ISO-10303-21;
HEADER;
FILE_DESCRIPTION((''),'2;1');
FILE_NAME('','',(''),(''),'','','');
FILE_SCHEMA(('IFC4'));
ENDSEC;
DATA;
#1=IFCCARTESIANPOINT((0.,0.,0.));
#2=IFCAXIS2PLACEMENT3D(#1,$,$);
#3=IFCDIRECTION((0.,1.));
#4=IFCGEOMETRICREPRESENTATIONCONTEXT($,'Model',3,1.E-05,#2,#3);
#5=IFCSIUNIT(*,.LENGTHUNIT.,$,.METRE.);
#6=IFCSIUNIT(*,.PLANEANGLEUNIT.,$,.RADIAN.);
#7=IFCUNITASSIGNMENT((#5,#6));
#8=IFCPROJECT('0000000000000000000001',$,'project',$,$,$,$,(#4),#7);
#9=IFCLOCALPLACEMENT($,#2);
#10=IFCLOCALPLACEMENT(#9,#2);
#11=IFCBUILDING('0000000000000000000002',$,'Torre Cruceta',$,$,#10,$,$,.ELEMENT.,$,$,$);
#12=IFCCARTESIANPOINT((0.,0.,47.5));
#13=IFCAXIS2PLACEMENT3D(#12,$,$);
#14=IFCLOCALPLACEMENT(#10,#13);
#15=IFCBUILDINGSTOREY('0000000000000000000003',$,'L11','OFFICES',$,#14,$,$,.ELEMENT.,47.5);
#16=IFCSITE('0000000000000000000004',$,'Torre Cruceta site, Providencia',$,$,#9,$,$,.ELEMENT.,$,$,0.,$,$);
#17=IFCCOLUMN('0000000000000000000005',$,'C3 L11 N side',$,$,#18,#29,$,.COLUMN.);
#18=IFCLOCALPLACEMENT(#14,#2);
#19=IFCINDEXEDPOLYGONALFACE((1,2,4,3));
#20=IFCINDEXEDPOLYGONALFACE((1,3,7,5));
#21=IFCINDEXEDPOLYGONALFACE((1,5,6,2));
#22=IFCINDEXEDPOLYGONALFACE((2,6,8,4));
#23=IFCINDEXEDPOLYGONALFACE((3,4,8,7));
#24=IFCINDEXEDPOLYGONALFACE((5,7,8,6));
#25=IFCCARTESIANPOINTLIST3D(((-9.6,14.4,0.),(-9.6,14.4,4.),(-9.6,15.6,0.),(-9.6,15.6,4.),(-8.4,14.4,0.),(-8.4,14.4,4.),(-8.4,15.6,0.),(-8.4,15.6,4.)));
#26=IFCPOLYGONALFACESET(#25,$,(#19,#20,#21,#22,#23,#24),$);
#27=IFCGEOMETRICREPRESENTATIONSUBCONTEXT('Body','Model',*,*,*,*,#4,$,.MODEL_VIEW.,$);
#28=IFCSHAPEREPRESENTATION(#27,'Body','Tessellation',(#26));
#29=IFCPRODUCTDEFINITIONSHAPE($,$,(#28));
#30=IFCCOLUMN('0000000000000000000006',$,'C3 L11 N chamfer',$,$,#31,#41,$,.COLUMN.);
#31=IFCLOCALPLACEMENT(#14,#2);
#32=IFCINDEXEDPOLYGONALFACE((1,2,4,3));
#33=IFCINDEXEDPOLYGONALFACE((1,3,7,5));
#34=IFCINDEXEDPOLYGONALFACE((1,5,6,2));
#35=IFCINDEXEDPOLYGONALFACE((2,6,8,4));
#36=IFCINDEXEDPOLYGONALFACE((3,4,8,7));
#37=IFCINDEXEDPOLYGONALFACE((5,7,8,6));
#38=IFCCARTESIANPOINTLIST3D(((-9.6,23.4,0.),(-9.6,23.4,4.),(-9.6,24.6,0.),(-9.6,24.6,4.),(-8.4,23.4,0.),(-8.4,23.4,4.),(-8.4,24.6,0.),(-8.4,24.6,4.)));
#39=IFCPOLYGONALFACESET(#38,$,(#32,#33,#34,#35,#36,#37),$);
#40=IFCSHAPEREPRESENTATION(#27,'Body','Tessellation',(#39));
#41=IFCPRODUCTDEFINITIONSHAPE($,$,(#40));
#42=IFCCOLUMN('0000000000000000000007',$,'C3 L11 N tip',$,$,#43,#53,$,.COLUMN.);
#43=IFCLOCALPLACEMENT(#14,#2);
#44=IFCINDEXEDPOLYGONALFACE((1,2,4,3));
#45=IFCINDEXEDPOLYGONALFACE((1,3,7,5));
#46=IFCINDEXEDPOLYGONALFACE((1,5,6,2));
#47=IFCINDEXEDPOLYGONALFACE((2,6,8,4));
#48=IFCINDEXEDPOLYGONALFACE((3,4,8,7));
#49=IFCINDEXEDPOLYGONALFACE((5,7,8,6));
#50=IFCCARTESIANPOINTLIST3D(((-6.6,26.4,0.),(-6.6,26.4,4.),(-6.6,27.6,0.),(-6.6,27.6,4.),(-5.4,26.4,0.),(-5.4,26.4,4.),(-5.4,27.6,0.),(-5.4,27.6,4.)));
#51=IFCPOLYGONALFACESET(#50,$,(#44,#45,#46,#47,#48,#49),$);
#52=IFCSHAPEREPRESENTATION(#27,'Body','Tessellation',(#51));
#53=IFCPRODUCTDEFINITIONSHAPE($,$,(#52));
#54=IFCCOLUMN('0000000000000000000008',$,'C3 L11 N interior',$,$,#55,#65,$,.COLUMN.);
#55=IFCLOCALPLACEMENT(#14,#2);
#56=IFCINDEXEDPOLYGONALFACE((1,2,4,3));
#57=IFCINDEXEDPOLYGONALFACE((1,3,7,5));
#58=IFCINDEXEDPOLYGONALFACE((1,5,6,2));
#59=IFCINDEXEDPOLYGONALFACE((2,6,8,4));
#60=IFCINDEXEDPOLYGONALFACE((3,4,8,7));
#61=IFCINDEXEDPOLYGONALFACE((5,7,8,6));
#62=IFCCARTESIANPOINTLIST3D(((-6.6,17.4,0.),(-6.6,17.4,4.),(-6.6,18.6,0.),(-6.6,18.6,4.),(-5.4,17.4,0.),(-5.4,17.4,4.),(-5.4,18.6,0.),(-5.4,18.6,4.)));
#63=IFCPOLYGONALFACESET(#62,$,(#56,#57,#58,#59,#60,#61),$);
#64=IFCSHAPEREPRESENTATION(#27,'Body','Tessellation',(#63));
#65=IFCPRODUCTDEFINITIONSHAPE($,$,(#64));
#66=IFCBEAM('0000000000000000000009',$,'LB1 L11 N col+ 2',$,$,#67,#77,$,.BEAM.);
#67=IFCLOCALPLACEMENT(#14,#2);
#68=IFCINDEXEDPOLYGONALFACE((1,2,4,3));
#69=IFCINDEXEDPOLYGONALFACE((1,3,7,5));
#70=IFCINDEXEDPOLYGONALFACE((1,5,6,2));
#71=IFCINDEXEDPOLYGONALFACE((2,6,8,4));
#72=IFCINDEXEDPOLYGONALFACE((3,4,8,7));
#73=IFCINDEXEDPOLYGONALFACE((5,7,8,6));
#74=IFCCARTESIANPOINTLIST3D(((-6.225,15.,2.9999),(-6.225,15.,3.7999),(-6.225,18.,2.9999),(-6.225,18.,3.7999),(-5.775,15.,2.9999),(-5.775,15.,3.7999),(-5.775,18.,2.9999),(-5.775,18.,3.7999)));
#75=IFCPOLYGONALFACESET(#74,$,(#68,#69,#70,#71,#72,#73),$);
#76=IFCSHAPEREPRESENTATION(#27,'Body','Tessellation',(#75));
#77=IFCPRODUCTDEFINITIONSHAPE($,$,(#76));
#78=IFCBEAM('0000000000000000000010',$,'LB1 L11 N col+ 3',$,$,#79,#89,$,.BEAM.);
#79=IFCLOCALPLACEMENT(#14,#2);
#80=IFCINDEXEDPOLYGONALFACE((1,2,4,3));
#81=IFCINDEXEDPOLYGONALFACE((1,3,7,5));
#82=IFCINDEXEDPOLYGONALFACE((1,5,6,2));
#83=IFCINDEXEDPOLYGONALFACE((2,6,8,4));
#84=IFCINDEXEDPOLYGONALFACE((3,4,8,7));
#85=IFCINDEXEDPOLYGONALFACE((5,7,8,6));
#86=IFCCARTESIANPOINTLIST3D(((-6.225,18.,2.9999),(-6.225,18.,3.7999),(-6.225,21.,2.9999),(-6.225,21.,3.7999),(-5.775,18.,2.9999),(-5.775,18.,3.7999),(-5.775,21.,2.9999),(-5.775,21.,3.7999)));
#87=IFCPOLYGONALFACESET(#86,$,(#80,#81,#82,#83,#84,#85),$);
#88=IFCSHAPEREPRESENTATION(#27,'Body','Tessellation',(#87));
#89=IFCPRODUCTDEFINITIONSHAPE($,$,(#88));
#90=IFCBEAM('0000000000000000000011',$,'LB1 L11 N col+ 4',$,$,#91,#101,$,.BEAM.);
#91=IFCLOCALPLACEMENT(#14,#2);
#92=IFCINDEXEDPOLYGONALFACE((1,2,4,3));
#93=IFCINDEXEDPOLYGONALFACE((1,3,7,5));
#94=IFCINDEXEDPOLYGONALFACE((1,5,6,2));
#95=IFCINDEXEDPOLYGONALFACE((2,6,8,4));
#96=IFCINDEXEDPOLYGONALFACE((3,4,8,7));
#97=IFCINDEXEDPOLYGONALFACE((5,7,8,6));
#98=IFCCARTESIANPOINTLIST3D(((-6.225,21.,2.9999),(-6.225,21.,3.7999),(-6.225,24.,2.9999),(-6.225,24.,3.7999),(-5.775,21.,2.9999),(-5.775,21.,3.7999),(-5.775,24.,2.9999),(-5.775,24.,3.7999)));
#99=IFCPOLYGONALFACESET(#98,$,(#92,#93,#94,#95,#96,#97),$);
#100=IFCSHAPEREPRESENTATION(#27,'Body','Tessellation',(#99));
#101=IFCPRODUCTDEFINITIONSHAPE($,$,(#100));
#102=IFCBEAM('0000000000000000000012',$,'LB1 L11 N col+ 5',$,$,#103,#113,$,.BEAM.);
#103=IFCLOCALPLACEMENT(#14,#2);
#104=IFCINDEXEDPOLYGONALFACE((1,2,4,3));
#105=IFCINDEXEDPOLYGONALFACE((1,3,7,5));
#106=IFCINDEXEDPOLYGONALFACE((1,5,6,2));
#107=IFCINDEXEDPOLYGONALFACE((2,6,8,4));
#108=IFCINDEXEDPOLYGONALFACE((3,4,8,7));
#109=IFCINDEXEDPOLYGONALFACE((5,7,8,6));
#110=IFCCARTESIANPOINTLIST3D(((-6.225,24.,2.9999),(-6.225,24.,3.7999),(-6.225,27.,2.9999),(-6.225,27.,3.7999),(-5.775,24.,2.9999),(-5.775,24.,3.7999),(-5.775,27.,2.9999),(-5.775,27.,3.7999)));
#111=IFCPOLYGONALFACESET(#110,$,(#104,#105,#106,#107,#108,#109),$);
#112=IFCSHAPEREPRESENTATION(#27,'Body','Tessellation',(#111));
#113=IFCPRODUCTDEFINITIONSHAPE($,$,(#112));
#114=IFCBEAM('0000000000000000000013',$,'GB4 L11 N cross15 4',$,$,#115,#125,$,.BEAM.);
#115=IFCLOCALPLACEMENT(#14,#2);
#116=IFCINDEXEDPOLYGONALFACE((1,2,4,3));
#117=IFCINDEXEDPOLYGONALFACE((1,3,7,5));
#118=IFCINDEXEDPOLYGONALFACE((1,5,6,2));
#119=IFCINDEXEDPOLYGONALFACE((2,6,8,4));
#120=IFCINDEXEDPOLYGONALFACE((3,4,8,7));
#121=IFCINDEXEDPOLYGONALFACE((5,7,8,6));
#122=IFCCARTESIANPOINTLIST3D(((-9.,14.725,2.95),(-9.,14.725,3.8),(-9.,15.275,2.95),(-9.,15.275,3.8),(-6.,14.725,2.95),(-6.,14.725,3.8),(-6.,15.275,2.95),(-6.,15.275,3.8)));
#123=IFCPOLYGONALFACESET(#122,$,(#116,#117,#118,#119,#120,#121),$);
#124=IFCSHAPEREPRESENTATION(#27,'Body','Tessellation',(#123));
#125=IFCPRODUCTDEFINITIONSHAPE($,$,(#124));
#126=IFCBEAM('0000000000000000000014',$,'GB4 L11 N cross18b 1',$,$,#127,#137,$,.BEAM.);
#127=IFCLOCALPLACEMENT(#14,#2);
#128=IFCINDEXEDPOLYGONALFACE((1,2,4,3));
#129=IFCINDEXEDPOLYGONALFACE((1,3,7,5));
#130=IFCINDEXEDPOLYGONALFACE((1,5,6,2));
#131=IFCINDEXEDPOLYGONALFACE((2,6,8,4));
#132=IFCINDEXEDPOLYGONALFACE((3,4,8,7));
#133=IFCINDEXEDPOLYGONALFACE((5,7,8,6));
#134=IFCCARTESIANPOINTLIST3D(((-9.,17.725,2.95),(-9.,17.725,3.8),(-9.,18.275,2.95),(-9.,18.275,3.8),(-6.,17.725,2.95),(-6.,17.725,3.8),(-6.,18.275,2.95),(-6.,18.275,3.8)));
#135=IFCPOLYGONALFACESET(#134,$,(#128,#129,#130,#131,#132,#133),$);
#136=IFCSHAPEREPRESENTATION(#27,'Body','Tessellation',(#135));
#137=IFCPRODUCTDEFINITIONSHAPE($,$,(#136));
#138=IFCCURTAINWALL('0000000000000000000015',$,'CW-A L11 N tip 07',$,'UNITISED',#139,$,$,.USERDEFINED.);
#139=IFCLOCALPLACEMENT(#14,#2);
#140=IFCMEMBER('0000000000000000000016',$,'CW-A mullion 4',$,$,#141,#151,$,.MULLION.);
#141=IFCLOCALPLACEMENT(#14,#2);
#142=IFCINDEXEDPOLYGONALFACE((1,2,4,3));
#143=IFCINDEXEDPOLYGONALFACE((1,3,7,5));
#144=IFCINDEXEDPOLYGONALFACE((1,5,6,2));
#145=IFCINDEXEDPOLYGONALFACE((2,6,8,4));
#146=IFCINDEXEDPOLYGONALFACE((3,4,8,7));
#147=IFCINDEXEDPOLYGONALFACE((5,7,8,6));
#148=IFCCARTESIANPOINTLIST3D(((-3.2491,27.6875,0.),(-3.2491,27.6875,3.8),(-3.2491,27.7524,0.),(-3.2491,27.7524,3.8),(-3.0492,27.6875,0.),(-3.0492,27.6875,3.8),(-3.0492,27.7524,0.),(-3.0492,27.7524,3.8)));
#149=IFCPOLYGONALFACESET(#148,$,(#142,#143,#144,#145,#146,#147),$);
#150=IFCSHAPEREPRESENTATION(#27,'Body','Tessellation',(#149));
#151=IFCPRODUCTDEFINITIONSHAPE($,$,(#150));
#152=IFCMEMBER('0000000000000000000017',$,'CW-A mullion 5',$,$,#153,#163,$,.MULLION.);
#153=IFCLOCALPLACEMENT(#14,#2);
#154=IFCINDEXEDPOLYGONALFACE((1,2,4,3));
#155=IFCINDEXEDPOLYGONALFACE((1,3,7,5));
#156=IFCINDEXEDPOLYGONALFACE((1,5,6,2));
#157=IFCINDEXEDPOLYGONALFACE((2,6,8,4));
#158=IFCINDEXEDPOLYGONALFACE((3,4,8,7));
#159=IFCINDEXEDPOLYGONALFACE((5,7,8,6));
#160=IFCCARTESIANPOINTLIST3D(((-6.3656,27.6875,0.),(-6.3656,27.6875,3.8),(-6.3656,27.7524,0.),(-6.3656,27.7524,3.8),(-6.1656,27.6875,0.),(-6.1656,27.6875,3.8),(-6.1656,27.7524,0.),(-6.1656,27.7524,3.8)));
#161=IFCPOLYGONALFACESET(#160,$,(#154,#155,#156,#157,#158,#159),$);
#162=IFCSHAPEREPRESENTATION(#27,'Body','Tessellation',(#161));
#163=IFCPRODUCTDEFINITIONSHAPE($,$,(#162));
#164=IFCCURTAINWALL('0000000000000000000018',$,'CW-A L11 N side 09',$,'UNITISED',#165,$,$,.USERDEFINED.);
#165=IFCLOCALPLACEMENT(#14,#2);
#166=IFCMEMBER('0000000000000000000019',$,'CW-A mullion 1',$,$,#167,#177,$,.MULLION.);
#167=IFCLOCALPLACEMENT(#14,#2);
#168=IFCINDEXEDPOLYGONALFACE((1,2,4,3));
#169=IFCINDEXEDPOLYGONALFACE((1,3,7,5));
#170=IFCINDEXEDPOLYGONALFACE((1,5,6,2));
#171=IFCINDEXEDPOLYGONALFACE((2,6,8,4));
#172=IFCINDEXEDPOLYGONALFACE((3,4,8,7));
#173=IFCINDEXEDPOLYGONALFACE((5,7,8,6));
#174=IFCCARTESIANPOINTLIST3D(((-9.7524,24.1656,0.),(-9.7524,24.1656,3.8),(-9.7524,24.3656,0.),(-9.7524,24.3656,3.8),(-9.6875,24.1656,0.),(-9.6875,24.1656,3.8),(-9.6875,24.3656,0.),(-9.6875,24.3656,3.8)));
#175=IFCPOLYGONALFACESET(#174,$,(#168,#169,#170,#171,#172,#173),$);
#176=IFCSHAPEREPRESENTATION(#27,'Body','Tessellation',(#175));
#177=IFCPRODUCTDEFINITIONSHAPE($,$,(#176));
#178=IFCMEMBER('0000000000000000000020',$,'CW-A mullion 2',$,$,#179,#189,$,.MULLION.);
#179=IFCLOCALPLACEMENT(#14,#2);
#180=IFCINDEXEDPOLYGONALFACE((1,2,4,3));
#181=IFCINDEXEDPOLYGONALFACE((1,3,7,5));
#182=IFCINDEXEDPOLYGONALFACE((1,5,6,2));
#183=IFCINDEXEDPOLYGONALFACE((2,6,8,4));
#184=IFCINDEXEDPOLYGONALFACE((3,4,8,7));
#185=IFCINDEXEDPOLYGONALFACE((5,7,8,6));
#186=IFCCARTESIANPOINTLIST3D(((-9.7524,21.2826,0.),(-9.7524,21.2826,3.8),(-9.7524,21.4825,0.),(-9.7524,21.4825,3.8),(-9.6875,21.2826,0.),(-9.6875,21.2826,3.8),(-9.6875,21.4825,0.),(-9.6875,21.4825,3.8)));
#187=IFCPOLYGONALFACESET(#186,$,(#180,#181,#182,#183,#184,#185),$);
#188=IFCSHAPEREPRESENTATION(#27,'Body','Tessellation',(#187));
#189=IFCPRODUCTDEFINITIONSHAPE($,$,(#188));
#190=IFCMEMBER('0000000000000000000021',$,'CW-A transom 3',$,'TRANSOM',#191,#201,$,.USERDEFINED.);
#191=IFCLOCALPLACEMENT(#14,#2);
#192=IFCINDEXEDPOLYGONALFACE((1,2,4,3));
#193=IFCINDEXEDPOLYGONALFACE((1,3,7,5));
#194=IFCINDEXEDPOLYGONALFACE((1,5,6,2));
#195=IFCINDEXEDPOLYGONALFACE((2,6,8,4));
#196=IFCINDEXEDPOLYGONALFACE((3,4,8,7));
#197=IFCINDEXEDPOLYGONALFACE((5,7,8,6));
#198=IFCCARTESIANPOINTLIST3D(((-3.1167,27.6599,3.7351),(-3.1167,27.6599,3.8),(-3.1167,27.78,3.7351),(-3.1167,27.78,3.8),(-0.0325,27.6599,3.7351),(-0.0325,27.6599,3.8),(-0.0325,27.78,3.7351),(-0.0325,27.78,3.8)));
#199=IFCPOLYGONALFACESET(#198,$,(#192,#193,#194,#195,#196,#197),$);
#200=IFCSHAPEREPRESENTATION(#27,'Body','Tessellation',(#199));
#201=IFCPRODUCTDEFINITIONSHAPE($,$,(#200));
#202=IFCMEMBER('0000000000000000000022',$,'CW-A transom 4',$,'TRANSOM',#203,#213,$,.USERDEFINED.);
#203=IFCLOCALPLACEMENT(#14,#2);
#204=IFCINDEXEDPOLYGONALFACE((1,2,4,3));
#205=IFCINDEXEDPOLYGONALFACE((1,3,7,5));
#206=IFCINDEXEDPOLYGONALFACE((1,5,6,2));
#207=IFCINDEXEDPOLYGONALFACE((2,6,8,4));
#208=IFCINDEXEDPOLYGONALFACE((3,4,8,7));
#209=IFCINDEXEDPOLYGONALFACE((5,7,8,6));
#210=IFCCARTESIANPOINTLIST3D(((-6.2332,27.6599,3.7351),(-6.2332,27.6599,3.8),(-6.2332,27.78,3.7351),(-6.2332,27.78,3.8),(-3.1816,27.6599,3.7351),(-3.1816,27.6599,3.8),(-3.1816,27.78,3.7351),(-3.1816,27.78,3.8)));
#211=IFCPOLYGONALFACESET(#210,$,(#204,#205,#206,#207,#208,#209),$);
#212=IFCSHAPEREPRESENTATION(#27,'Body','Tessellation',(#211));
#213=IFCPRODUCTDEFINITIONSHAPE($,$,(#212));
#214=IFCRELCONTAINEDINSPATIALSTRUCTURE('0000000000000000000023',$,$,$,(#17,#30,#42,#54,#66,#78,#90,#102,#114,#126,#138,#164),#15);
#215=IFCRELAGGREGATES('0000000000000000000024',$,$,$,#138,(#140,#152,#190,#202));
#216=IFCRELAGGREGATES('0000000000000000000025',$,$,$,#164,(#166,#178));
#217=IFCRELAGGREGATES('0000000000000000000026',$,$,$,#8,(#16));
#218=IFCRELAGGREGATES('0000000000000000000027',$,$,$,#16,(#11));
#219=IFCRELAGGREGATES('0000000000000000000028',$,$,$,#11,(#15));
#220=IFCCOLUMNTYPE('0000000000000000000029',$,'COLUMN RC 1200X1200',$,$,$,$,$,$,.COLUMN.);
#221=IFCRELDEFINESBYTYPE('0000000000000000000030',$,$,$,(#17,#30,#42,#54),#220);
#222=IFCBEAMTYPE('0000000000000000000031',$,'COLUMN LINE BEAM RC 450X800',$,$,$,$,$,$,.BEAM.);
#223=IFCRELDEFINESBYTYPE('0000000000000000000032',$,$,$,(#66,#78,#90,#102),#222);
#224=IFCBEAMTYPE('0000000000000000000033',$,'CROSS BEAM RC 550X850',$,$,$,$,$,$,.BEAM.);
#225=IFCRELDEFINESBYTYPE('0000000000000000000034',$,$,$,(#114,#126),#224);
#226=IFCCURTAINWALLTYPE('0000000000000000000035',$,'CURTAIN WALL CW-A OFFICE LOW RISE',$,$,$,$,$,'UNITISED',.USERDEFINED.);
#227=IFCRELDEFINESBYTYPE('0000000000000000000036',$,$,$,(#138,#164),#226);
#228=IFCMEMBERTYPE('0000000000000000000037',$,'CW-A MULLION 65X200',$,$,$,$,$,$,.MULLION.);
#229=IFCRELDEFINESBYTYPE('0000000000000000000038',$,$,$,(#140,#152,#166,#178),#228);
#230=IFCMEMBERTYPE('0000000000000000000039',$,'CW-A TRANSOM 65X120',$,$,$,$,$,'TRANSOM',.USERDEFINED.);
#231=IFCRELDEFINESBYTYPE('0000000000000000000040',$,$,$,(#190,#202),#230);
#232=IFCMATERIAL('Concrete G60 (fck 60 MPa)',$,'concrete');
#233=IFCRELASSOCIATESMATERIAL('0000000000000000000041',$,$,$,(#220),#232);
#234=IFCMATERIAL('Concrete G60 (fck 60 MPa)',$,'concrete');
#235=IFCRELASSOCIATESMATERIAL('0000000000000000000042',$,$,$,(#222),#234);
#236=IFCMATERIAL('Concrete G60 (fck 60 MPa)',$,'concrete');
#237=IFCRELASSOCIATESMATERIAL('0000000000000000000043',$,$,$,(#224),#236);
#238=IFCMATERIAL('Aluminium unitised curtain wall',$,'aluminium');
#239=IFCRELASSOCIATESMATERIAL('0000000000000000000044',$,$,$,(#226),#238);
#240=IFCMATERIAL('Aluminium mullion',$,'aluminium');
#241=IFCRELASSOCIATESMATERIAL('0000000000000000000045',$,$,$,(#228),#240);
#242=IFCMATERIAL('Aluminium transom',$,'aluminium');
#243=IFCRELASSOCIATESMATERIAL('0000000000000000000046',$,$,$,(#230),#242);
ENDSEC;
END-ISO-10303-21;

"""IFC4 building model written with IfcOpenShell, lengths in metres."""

from ifc_helpers import new_model, si_unit, direction, frame, origin, origin_2d, place, context, subcontext, project, spatial, rectangle, extrude, material, material_profile, profile_set, type_object, element, aggregate, save


model = new_model("IFC4")

# Units and contexts
model_context = context("Model", 3, precision=1e-05, world=origin(), true_north=direction((0.0, 1.0)))
body_context = subcontext(model_context, "Body", "Model", "MODEL_VIEW")
ifc_project = project(units=[si_unit("LENGTHUNIT", "METRE"), si_unit("PLANEANGLEUNIT", "RADIAN")], contexts=[model_context])

# Site, building, storey
site_placement = place(None, origin())
site = spatial("IfcSite", under=ifc_project, at=site_placement, Name="Torre Cruceta site, Providencia", CompositionType="ELEMENT", RefElevation=0.0)
building_placement = place(site_placement, origin())
building = spatial("IfcBuilding", under=site, at=building_placement, Name="Torre Cruceta", CompositionType="ELEMENT")
storey_placement = place(building_placement, frame((0.0, 0.0, 47.5)))
storey = spatial("IfcBuildingStorey", under=building, at=storey_placement, Name="L11", Description="OFFICES", CompositionType="ELEMENT", Elevation=47.5)

# Columns
ifc_material_1 = material(Name="Concrete G60 (fck 60 MPa)", Category="concrete")
ifc_material_profile_1 = material_profile(ifc_material_1, rectangle(XDim=1.2, YDim=1.2, at=origin_2d()), Name="RC 1200X1200")
ifc_profile_set_1 = profile_set([ifc_material_profile_1], Name="Concrete G60 (fck 60 MPa)")
column_type = type_object("IfcColumnType", Name="COLUMN RC 1200X1200", PredefinedType="COLUMN", material=ifc_profile_set_1)
for number, where, z_axis, x_axis, name in (
    (1, (-9.0, 15.0, 0.0), (0.0, 0.0, 1.0), (1.0, 0.0, 0.0), "C3 L11 N side"),
    (2, (-9.0, 24.0, 0.0), (0.0, 0.0, 1.0), (1.0, 0.0, 0.0), "C3 L11 N chamfer"),
    (3, (-6.0, 27.0, 0.0), (0.0, 0.0, 1.0), (1.0, 0.0, 0.0), "C3 L11 N tip"),
    (4, (-6.0, 18.0, 0.0), (0.0, 0.0, 1.0), (1.0, 0.0, 0.0), "C3 L11 N interior"),
):
    element("IfcColumn", number, at=place(storey_placement, frame(where, z_axis=z_axis, x_axis=x_axis)), inside=storey, type_object=column_type, Name=name, PredefinedType="COLUMN", context=body_context, shape_type="SweptSolid", body=[
        extrude(rectangle(XDim=1.2, YDim=1.2, at=origin_2d()), origin(), (0.0, 0.0, 1.0), 4.0),
    ])

# Beams
ifc_material_2 = material(Name="Concrete G60 (fck 60 MPa)", Category="concrete")
ifc_material_profile_2 = material_profile(ifc_material_2, rectangle(XDim=0.45, YDim=0.8, at=origin_2d()), Name="RC 450X800")
ifc_profile_set_2 = profile_set([ifc_material_profile_2], Name="Concrete G60 (fck 60 MPa)")
beam_type_1 = type_object("IfcBeamType", Name="COLUMN LINE BEAM RC 450X800", PredefinedType="BEAM", material=ifc_profile_set_2)
for number, where, z_axis, x_axis, name in (
    (5, (-6.0, 15.0, 3.3999), (0.0, 1.0, 0.0), (-1.0, 0.0, 0.0), "LB1 L11 N col+ 2"),
    (6, (-6.0, 18.0, 3.3999), (0.0, 1.0, 0.0), (-1.0, 0.0, 0.0), "LB1 L11 N col+ 3"),
    (7, (-6.0, 21.0, 3.3999), (0.0, 1.0, 0.0), (-1.0, 0.0, 0.0), "LB1 L11 N col+ 4"),
    (8, (-6.0, 24.0, 3.3999), (0.0, 1.0, 0.0), (-1.0, 0.0, 0.0), "LB1 L11 N col+ 5"),
):
    element("IfcBeam", number, at=place(storey_placement, frame(where, z_axis=z_axis, x_axis=x_axis)), inside=storey, type_object=beam_type_1, Name=name, PredefinedType="BEAM", context=body_context, shape_type="SweptSolid", body=[
        extrude(rectangle(XDim=0.45, YDim=0.8, at=origin_2d()), origin(), (0.0, 0.0, 1.0), 3.0),
    ])
ifc_material_3 = material(Name="Concrete G60 (fck 60 MPa)", Category="concrete")
ifc_material_profile_3 = material_profile(ifc_material_3, rectangle(XDim=0.55, YDim=0.8501, at=origin_2d()), Name="RC 550X850")
ifc_profile_set_3 = profile_set([ifc_material_profile_3], Name="Concrete G60 (fck 60 MPa)")
beam_type_2 = type_object("IfcBeamType", Name="CROSS BEAM RC 550X850", PredefinedType="BEAM", material=ifc_profile_set_3)
for number, where, z_axis, x_axis, name in (
    (9, (-6.0, 15.0, 3.375), (-1.0, 0.0, 0.0), (0.0, -1.0, 0.0), "GB4 L11 N cross15 4"),
    (10, (-6.0, 18.0, 3.375), (-1.0, 0.0, 0.0), (0.0, -1.0, 0.0), "GB4 L11 N cross18b 1"),
):
    element("IfcBeam", number, at=place(storey_placement, frame(where, z_axis=z_axis, x_axis=x_axis)), inside=storey, type_object=beam_type_2, Name=name, PredefinedType="BEAM", context=body_context, shape_type="SweptSolid", body=[
        extrude(rectangle(XDim=0.55, YDim=0.8501, at=origin_2d()), origin(), (0.0, 0.0, 1.0), 3.0),
    ])

# Curtain walls, members
ifc_material_4 = material(Name="Aluminium unitised curtain wall", Category="aluminium")
curtain_wall_type = type_object("IfcCurtainWallType", Name="CURTAIN WALL CW-A OFFICE LOW RISE", ElementType="UNITISED", PredefinedType="USERDEFINED", material=ifc_material_4)
curtain_wall_1_placement = place(storey_placement, origin())
curtain_wall_1 = element("IfcCurtainWall", 11, at=curtain_wall_1_placement, inside=storey, type_object=curtain_wall_type, Name="CW-A L11 N tip 07", ObjectType="UNITISED", PredefinedType="USERDEFINED")
ifc_material_5 = material(Name="Aluminium mullion", Category="aluminium")
ifc_material_profile_4 = material_profile(ifc_material_5, rectangle(XDim=0.0649, YDim=0.2, at=origin_2d()), Name="AL 65X200")
ifc_profile_set_4 = profile_set([ifc_material_profile_4], Name="Aluminium mullion")
member_type_1 = type_object("IfcMemberType", Name="CW-A MULLION 65X200", PredefinedType="MULLION", material=ifc_profile_set_4)
member_1_placement = place(storey_placement, frame((-3.1492, 27.72, 0.0), z_axis=(0.0, 0.0, 1.0), x_axis=(0.0, -1.0, 0.0)))
member_1 = element("IfcMember", 12, at=member_1_placement, type_object=member_type_1, Name="CW-A mullion 4", PredefinedType="MULLION", context=body_context, shape_type="SweptSolid", body=[
    extrude(rectangle(XDim=0.0649, YDim=0.2, at=origin_2d()), origin(), (0.0, 0.0, 1.0), 3.8),
])
member_2_placement = place(storey_placement, frame((-6.2656, 27.72, 0.0), z_axis=(0.0, 0.0, 1.0), x_axis=(0.0, -1.0, 0.0)))
member_2 = element("IfcMember", 13, at=member_2_placement, type_object=member_type_1, Name="CW-A mullion 5", PredefinedType="MULLION", context=body_context, shape_type="SweptSolid", body=[
    extrude(rectangle(XDim=0.0649, YDim=0.2, at=origin_2d()), origin(), (0.0, 0.0, 1.0), 3.8),
])
curtain_wall_2_placement = place(storey_placement, origin())
curtain_wall_2 = element("IfcCurtainWall", 14, at=curtain_wall_2_placement, inside=storey, type_object=curtain_wall_type, Name="CW-A L11 N side 09", ObjectType="UNITISED", PredefinedType="USERDEFINED")
member_3_placement = place(storey_placement, frame((-9.72, 24.2656, 0.0), z_axis=(0.0, 0.0, 1.0), x_axis=(1.0, 0.0, 0.0)))
member_3 = element("IfcMember", 15, at=member_3_placement, type_object=member_type_1, Name="CW-A mullion 1", PredefinedType="MULLION", context=body_context, shape_type="SweptSolid", body=[
    extrude(rectangle(XDim=0.0649, YDim=0.2, at=origin_2d()), origin(), (0.0, 0.0, 1.0), 3.8),
])
member_4_placement = place(storey_placement, frame((-9.72, 21.3826, 0.0), z_axis=(0.0, 0.0, 1.0), x_axis=(1.0, 0.0, 0.0)))
member_4 = element("IfcMember", 16, at=member_4_placement, type_object=member_type_1, Name="CW-A mullion 2", PredefinedType="MULLION", context=body_context, shape_type="SweptSolid", body=[
    extrude(rectangle(XDim=0.0649, YDim=0.2, at=origin_2d()), origin(), (0.0, 0.0, 1.0), 3.8),
])

# Members
ifc_material_6 = material(Name="Aluminium transom", Category="aluminium")
ifc_material_profile_5 = material_profile(ifc_material_6, rectangle(XDim=0.1201, YDim=0.0649, at=origin_2d()), Name="AL 120X65")
ifc_profile_set_5 = profile_set([ifc_material_profile_5], Name="Aluminium transom")
member_type_2 = type_object("IfcMemberType", Name="CW-A TRANSOM 65X120", ElementType="TRANSOM", PredefinedType="USERDEFINED", material=ifc_profile_set_5)
member_5_placement = place(storey_placement, frame((-0.0325, 27.72, 3.7676), z_axis=(-1.0, 0.0, 0.0), x_axis=(0.0, -1.0, 0.0)))
member_5 = element("IfcMember", 17, at=member_5_placement, type_object=member_type_2, Name="CW-A transom 3", ObjectType="TRANSOM", PredefinedType="USERDEFINED", context=body_context, shape_type="SweptSolid", body=[
    extrude(rectangle(XDim=0.1201, YDim=0.0649, at=origin_2d()), origin(), (0.0, 0.0, 1.0), 3.0842),
])
member_6_placement = place(storey_placement, frame((-3.1816, 27.72, 3.7676), z_axis=(-1.0, 0.0, 0.0), x_axis=(0.0, -1.0, 0.0)))
member_6 = element("IfcMember", 18, at=member_6_placement, type_object=member_type_2, Name="CW-A transom 4", ObjectType="TRANSOM", PredefinedType="USERDEFINED", context=body_context, shape_type="SweptSolid", body=[
    extrude(rectangle(XDim=0.1201, YDim=0.0649, at=origin_2d()), origin(), (0.0, 0.0, 1.0), 3.0515),
])

aggregate(curtain_wall_1, [member_1, member_2, member_5, member_6])
aggregate(curtain_wall_2, [member_3, member_4])

save(model, "model.ifc")
